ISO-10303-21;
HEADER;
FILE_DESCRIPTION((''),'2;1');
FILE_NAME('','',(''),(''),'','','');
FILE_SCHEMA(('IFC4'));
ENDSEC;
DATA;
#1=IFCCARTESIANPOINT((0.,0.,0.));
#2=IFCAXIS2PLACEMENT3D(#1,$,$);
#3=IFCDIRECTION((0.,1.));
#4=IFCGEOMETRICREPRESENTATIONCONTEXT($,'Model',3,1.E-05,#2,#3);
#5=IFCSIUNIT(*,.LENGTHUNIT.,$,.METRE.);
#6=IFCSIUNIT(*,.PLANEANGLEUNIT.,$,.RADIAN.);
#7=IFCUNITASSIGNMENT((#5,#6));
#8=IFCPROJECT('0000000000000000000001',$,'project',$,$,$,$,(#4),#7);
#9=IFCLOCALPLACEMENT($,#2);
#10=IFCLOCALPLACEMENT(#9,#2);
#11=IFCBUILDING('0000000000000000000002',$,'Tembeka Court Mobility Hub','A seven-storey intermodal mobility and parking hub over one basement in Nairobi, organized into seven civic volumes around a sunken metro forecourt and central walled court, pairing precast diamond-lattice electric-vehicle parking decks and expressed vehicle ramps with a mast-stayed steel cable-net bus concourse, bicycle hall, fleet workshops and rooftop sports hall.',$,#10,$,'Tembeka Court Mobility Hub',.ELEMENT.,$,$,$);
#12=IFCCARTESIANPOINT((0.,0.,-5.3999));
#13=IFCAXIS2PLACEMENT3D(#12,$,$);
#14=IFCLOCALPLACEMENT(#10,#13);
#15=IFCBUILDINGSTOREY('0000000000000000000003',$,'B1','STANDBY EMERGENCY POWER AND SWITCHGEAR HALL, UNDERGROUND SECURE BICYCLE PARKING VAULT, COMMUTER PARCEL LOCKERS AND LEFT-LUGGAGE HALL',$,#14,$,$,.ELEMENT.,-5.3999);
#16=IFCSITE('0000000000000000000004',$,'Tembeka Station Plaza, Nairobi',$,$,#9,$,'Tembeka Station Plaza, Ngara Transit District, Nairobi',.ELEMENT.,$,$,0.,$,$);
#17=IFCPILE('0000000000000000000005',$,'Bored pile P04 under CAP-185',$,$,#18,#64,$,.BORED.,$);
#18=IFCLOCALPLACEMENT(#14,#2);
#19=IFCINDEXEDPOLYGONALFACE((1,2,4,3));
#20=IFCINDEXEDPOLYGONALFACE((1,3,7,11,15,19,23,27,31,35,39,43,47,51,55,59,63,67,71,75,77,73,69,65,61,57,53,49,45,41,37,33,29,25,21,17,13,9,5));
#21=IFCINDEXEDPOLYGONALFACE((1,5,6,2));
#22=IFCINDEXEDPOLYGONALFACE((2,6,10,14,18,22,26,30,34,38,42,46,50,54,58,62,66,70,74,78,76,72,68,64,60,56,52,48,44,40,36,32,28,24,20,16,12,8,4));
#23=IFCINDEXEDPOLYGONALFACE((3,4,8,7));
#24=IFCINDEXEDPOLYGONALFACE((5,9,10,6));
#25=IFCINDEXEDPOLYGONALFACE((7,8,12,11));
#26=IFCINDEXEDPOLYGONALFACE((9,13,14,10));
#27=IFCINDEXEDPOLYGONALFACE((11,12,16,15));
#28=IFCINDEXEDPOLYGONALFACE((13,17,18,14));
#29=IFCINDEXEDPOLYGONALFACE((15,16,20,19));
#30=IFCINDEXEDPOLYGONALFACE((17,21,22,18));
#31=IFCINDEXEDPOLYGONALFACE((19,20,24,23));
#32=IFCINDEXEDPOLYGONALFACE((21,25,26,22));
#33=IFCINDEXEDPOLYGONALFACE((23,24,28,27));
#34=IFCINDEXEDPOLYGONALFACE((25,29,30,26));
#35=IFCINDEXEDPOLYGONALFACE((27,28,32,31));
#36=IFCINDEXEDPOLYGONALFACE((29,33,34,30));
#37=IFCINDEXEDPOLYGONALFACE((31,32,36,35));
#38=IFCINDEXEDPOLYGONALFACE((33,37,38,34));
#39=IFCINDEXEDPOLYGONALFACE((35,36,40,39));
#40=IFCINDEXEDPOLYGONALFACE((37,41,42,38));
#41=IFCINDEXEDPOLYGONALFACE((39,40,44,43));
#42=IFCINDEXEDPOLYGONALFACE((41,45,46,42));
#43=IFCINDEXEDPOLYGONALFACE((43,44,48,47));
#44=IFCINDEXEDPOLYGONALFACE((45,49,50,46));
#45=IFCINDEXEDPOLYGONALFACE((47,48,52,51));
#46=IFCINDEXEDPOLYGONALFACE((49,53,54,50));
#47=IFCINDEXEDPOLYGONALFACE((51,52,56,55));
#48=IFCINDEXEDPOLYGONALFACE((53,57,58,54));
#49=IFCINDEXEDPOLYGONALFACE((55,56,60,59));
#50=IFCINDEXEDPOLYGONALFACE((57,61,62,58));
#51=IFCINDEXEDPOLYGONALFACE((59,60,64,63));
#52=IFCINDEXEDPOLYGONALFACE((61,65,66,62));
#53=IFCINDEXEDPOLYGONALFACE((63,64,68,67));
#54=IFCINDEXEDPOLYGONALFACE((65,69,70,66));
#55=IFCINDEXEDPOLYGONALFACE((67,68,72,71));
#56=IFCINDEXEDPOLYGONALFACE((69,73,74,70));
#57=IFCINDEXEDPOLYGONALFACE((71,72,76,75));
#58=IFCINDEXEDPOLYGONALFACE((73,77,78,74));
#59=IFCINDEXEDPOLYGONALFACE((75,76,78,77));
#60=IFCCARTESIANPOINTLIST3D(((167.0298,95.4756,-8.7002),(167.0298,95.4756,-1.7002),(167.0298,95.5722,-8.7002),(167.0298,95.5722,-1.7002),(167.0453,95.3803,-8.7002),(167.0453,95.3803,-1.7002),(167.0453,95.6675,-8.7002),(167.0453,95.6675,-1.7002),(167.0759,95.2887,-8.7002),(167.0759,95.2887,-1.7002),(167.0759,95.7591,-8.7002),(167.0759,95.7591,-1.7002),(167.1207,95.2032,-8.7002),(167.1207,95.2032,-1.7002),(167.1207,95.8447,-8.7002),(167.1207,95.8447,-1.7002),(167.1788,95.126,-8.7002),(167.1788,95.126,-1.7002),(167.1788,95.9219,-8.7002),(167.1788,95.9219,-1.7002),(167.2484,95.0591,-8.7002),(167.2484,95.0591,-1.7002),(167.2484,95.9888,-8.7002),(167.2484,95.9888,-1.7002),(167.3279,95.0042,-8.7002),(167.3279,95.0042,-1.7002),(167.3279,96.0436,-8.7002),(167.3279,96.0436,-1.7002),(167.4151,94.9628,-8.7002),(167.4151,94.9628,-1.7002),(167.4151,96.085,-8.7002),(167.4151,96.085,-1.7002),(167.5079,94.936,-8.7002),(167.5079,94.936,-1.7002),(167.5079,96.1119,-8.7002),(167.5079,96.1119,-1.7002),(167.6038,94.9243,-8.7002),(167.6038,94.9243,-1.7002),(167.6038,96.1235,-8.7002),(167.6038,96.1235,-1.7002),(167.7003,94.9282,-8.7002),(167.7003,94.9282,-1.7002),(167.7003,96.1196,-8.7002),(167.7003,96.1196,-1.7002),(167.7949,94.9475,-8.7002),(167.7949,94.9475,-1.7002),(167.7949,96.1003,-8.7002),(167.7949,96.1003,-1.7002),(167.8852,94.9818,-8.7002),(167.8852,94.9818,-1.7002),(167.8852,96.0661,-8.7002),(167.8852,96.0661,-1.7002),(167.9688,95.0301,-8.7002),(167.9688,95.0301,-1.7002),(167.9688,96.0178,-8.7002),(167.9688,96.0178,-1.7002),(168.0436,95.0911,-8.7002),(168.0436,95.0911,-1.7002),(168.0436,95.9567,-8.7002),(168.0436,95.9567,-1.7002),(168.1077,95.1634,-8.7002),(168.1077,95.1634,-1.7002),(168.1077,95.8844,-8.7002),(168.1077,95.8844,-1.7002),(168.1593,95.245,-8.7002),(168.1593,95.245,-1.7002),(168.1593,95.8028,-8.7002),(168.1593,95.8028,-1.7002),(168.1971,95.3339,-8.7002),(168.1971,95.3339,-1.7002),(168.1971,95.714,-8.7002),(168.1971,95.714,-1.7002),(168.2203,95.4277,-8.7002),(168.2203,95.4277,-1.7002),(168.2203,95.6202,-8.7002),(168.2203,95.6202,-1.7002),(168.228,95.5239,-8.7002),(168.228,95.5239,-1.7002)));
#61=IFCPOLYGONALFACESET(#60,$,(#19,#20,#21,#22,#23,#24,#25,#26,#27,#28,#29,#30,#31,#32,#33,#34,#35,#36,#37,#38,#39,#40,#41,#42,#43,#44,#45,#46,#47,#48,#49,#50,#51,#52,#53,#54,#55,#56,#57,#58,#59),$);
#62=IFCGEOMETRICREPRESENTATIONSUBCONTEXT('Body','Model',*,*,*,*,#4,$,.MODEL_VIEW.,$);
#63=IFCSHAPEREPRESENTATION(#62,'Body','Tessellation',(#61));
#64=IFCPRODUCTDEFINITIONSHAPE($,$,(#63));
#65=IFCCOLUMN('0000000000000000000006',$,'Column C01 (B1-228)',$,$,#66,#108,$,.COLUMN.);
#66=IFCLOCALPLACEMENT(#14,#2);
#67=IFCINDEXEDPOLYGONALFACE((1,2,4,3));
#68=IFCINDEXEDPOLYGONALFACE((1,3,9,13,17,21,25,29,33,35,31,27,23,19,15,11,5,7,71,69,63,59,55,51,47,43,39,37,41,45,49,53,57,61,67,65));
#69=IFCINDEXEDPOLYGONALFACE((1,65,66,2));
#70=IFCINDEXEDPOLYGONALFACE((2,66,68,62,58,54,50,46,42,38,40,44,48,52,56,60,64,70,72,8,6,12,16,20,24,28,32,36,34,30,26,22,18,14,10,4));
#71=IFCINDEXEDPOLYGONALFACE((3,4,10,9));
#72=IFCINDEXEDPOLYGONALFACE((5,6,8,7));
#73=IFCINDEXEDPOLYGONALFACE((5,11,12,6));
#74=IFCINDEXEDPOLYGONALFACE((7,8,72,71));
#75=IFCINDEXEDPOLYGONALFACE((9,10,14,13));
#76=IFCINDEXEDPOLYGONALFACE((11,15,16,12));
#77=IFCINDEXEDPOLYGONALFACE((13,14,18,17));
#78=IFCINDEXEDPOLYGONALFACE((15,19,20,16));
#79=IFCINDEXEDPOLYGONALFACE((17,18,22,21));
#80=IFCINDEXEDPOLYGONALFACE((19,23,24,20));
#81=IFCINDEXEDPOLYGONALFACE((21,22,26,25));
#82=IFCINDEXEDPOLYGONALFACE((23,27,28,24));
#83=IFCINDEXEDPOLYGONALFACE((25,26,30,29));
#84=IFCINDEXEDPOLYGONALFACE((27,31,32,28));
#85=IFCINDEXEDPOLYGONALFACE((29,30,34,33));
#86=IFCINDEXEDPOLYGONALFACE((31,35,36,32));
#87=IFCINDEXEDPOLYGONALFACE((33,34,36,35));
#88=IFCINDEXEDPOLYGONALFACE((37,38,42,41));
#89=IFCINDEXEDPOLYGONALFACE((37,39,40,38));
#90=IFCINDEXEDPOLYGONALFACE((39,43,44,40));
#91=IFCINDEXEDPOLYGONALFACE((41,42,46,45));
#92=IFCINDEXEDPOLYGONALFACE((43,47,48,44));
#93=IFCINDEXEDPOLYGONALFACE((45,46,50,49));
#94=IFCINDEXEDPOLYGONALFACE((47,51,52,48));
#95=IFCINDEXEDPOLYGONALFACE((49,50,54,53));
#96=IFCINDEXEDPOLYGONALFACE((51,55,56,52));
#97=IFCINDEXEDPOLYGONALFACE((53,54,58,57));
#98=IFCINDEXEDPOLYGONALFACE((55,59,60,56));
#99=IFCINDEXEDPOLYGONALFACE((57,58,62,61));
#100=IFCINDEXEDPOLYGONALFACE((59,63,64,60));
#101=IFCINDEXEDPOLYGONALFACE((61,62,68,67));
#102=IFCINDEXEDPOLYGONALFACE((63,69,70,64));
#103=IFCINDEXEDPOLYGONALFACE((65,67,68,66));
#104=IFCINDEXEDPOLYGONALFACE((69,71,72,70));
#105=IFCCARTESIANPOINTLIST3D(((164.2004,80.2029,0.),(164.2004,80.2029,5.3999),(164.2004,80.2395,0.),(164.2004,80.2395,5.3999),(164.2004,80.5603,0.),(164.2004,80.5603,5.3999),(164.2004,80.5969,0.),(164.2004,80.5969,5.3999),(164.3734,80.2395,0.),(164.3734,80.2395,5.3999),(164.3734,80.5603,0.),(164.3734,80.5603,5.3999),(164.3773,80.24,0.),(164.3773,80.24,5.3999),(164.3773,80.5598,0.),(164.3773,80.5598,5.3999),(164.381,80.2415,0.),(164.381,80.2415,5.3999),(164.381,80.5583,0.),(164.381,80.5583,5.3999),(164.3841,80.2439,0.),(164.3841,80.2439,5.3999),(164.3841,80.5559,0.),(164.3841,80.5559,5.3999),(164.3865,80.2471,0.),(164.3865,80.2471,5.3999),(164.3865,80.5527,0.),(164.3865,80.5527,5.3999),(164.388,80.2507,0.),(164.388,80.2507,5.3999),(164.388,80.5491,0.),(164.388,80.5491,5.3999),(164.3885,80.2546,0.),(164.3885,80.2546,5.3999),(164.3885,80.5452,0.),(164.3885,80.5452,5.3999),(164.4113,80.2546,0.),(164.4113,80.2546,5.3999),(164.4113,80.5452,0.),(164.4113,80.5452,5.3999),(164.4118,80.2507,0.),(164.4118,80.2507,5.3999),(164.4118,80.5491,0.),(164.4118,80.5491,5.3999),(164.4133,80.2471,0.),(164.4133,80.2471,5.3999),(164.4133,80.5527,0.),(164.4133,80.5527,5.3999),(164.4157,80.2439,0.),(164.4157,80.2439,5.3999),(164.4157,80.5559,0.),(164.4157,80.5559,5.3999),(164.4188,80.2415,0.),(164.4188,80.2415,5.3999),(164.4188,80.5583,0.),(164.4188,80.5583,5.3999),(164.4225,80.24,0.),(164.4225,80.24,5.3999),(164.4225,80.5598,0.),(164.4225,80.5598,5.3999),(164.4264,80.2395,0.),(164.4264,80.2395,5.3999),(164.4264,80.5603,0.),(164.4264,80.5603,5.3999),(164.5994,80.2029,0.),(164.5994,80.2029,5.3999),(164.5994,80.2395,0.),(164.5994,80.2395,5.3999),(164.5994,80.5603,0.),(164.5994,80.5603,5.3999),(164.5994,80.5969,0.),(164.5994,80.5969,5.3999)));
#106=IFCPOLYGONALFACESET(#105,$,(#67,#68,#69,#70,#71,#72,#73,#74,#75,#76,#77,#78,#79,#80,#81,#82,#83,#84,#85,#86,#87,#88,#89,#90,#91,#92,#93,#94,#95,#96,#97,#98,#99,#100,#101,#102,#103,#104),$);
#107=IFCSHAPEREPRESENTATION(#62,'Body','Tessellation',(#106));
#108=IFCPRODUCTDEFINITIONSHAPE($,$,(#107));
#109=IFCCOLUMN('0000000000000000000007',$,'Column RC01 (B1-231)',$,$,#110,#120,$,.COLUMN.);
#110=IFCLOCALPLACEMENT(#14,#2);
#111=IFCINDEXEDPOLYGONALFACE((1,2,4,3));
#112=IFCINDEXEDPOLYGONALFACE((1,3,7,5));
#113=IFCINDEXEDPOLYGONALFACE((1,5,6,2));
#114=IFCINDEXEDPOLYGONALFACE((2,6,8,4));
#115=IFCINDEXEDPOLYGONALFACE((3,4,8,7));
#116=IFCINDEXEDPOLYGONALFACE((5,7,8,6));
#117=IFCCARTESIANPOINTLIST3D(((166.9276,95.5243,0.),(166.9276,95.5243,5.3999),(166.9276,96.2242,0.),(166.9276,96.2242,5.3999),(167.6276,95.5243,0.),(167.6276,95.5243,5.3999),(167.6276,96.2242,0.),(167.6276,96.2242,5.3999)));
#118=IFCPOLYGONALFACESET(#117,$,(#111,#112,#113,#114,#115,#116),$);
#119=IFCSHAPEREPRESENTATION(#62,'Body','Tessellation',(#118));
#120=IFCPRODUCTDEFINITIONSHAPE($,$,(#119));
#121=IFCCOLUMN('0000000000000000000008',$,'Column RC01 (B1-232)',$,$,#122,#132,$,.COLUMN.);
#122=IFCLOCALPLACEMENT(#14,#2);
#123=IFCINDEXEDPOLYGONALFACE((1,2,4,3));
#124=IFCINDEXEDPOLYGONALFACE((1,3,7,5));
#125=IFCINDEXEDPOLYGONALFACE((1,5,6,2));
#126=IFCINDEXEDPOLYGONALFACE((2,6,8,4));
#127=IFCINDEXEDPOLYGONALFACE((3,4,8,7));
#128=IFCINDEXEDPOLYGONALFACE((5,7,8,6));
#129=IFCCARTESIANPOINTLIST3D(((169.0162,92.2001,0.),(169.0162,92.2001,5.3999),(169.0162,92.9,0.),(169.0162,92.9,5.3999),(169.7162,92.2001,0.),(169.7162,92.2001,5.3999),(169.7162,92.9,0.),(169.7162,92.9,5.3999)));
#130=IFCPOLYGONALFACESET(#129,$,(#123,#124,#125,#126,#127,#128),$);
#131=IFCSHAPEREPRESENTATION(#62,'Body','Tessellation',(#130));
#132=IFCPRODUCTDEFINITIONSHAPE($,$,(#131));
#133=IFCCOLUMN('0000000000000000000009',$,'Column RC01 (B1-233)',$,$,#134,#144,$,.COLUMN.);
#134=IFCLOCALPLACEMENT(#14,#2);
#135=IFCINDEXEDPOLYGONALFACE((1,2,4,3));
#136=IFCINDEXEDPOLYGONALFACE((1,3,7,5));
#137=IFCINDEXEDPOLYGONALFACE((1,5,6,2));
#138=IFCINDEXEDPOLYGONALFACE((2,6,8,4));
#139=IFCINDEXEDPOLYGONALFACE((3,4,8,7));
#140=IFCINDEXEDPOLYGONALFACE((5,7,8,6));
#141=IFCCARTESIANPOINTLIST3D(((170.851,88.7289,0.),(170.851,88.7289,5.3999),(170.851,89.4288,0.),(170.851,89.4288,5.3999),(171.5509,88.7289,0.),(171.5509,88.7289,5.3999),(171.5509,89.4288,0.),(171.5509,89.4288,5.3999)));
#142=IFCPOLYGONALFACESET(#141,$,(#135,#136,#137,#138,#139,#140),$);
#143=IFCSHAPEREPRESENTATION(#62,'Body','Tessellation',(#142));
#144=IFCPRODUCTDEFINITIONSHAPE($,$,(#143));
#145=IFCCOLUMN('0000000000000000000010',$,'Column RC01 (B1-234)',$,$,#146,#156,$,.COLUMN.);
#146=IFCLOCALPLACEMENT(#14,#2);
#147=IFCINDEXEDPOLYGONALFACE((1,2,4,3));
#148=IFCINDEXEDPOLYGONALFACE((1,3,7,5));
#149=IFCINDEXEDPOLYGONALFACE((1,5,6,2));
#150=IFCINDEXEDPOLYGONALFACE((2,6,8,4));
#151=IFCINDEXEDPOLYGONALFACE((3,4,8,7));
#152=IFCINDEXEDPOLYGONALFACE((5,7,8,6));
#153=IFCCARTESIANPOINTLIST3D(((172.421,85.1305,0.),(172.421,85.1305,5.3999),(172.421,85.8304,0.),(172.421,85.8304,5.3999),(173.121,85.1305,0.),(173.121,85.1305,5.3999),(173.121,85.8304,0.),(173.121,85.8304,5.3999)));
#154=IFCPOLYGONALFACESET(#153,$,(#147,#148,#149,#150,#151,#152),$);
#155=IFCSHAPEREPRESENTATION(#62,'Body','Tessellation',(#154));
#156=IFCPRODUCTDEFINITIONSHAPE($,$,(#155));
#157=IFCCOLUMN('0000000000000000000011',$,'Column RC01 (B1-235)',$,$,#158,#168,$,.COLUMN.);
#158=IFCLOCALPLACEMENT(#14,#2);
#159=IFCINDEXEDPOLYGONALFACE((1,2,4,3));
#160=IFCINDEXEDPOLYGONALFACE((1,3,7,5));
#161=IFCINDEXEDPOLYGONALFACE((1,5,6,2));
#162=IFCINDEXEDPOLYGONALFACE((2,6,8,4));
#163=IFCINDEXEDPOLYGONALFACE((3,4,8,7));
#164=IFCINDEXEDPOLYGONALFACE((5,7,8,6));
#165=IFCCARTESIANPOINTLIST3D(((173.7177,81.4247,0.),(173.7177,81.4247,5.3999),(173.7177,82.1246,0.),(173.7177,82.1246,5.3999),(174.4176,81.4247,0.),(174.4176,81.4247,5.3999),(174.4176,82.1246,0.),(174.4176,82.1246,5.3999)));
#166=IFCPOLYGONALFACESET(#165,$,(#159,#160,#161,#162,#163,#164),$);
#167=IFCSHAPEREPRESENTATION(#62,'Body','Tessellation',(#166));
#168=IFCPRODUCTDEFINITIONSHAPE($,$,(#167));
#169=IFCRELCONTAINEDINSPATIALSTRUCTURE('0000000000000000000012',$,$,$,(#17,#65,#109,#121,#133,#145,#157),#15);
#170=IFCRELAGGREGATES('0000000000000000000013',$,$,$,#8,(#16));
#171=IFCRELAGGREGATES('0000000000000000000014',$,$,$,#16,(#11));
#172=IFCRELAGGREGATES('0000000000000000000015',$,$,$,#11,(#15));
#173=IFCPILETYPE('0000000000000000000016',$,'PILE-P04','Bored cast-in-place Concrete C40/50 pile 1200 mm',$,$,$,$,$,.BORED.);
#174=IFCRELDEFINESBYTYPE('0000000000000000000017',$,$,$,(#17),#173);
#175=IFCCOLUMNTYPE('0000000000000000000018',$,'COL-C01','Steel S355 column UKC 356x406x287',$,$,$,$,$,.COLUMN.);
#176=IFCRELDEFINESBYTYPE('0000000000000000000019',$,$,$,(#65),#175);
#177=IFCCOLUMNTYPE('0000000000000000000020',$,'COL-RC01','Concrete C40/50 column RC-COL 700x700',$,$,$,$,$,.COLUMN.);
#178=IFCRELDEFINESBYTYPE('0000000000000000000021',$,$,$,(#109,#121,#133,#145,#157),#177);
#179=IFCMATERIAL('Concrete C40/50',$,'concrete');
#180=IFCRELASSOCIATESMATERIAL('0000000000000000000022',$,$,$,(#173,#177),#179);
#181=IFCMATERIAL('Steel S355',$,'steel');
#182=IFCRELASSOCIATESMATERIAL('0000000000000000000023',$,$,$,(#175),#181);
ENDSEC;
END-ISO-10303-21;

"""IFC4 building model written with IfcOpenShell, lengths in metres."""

from ifc_helpers import new_model, si_unit, direction, frame, origin, origin_2d, place, context, subcontext, project, spatial, rectangle, circle, i_section, extrude, material, material_profile, profile_set, type_object, element, save


model = new_model("IFC4")

# Units and contexts
model_context = context("Model", 3, precision=1e-05, world=origin(), true_north=direction((0.0, 1.0)))
body_context = subcontext(model_context, "Body", "Model", "MODEL_VIEW")
ifc_project = project(units=[si_unit("LENGTHUNIT", "METRE"), si_unit("PLANEANGLEUNIT", "RADIAN")], contexts=[model_context])

# Site, building, storey
site_placement = place(None, origin())
site = spatial("IfcSite", under=ifc_project, at=site_placement, Name="Tembeka Station Plaza, Nairobi", LongName="Tembeka Station Plaza, Ngara Transit District, Nairobi", CompositionType="ELEMENT", RefElevation=0.0)
building_placement = place(site_placement, origin())
building = spatial("IfcBuilding", under=site, at=building_placement, Name="Tembeka Court Mobility Hub", Description="A seven-storey intermodal mobility and parking hub over one basement in Nairobi, organized into seven civic volumes around a sunken metro forecourt and central walled court, pairing precast diamond-lattice electric-vehicle parking decks and expressed vehicle ramps with a mast-stayed steel cable-net bus concourse, bicycle hall, fleet workshops and rooftop sports hall.", LongName="Tembeka Court Mobility Hub", CompositionType="ELEMENT")
storey_placement = place(building_placement, frame((0.0, 0.0, -5.3999)))
storey = spatial("IfcBuildingStorey", under=building, at=storey_placement, Name="B1", Description="STANDBY EMERGENCY POWER AND SWITCHGEAR HALL, UNDERGROUND SECURE BICYCLE PARKING VAULT, COMMUTER PARCEL LOCKERS AND LEFT-LUGGAGE HALL", CompositionType="ELEMENT", Elevation=-5.3999)

# Shared definitions
ifc_material_1 = material(Name="Concrete C40/50", Category="concrete")

# Pile
ifc_material_profile_1 = material_profile(ifc_material_1, circle(Radius=0.6001, at=origin_2d()), Name="PILE D1200")
ifc_profile_set_1 = profile_set([ifc_material_profile_1], Name="Concrete C40/50")
pile_type_1 = type_object("IfcPileType", Name="PILE-P04", Description="Bored cast-in-place Concrete C40/50 pile 1200 mm", PredefinedType="BORED", material=ifc_profile_set_1)
for number, where, z_axis, x_axis, name in (
    (1, (167.6279, 95.5239, -1.7002), (0.0, 0.0, -1.0), (1.0, 0.0, 0.0), "Bored pile P04 under CAP-185"),
):
    element("IfcPile", number, at=place(storey_placement, frame(where, z_axis=z_axis, x_axis=x_axis)), inside=storey, type_object=pile_type_1, Name=name, PredefinedType="BORED", context=body_context, shape_type="SweptSolid", body=[
        extrude(circle(Radius=0.6001, at=origin_2d()), origin(), (0.0, 0.0, 1.0), 7.0),
    ])

# Columns
ifc_material_2 = material(Name="Steel S355", Category="steel")
ifc_material_profile_2 = material_profile(ifc_material_2, i_section(OverallWidth=0.3989, OverallDepth=0.394, WebThickness=0.0227, FlangeThickness=0.0366, FilletRadius=0.0151, at=origin_2d()), Name="UKC 356x406x287")
ifc_profile_set_2 = profile_set([ifc_material_profile_2], Name="Steel S355")
column_type_1 = type_object("IfcColumnType", Name="COL-C01", Description="Steel S355 column UKC 356x406x287", PredefinedType="COLUMN", material=ifc_profile_set_2)
column_placement = place(storey_placement, frame((164.3999, 80.3999, 0.0), z_axis=(0.0, 0.0, 1.0), x_axis=(1.0, 0.0, 0.0)))
element("IfcColumn", 2, at=column_placement, inside=storey, type_object=column_type_1, Name="Column C01 (B1-228)", PredefinedType="COLUMN", context=body_context, shape_type="SweptSolid", body=[
    extrude(i_section(OverallWidth=0.3989, OverallDepth=0.394, WebThickness=0.0227, FlangeThickness=0.0366, FilletRadius=0.0151, at=origin_2d()), origin(), (0.0, 0.0, 1.0), 5.3999),
])
ifc_material_profile_3 = material_profile(ifc_material_1, rectangle(XDim=0.7, YDim=0.7, at=origin_2d()), Name="RC-COL 700x700")
ifc_profile_set_3 = profile_set([ifc_material_profile_3], Name="Concrete C40/50")
column_type_2 = type_object("IfcColumnType", Name="COL-RC01", Description="Concrete C40/50 column RC-COL 700x700", PredefinedType="COLUMN", material=ifc_profile_set_3)
for number, where, z_axis, x_axis, name in (
    (3, (167.2776, 95.8743, 0.0), (0.0, 0.0, 1.0), (1.0, 0.0, 0.0), "Column RC01 (B1-231)"),
    (4, (169.3662, 92.55, 0.0), (0.0, 0.0, 1.0), (1.0, 0.0, 0.0), "Column RC01 (B1-232)"),
    (5, (171.2009, 89.0789, 0.0), (0.0, 0.0, 1.0), (1.0, 0.0, 0.0), "Column RC01 (B1-233)"),
    (6, (172.771, 85.4805, 0.0), (0.0, 0.0, 1.0), (1.0, 0.0, 0.0), "Column RC01 (B1-234)"),
    (7, (174.0676, 81.7747, 0.0), (0.0, 0.0, 1.0), (1.0, 0.0, 0.0), "Column RC01 (B1-235)"),
):
    element("IfcColumn", number, at=place(storey_placement, frame(where, z_axis=z_axis, x_axis=x_axis)), inside=storey, type_object=column_type_2, Name=name, PredefinedType="COLUMN", context=body_context, shape_type="SweptSolid", body=[
        extrude(rectangle(XDim=0.7, YDim=0.7, at=origin_2d()), origin(), (0.0, 0.0, 1.0), 5.3999),
    ])

save(model, "model.ifc")
